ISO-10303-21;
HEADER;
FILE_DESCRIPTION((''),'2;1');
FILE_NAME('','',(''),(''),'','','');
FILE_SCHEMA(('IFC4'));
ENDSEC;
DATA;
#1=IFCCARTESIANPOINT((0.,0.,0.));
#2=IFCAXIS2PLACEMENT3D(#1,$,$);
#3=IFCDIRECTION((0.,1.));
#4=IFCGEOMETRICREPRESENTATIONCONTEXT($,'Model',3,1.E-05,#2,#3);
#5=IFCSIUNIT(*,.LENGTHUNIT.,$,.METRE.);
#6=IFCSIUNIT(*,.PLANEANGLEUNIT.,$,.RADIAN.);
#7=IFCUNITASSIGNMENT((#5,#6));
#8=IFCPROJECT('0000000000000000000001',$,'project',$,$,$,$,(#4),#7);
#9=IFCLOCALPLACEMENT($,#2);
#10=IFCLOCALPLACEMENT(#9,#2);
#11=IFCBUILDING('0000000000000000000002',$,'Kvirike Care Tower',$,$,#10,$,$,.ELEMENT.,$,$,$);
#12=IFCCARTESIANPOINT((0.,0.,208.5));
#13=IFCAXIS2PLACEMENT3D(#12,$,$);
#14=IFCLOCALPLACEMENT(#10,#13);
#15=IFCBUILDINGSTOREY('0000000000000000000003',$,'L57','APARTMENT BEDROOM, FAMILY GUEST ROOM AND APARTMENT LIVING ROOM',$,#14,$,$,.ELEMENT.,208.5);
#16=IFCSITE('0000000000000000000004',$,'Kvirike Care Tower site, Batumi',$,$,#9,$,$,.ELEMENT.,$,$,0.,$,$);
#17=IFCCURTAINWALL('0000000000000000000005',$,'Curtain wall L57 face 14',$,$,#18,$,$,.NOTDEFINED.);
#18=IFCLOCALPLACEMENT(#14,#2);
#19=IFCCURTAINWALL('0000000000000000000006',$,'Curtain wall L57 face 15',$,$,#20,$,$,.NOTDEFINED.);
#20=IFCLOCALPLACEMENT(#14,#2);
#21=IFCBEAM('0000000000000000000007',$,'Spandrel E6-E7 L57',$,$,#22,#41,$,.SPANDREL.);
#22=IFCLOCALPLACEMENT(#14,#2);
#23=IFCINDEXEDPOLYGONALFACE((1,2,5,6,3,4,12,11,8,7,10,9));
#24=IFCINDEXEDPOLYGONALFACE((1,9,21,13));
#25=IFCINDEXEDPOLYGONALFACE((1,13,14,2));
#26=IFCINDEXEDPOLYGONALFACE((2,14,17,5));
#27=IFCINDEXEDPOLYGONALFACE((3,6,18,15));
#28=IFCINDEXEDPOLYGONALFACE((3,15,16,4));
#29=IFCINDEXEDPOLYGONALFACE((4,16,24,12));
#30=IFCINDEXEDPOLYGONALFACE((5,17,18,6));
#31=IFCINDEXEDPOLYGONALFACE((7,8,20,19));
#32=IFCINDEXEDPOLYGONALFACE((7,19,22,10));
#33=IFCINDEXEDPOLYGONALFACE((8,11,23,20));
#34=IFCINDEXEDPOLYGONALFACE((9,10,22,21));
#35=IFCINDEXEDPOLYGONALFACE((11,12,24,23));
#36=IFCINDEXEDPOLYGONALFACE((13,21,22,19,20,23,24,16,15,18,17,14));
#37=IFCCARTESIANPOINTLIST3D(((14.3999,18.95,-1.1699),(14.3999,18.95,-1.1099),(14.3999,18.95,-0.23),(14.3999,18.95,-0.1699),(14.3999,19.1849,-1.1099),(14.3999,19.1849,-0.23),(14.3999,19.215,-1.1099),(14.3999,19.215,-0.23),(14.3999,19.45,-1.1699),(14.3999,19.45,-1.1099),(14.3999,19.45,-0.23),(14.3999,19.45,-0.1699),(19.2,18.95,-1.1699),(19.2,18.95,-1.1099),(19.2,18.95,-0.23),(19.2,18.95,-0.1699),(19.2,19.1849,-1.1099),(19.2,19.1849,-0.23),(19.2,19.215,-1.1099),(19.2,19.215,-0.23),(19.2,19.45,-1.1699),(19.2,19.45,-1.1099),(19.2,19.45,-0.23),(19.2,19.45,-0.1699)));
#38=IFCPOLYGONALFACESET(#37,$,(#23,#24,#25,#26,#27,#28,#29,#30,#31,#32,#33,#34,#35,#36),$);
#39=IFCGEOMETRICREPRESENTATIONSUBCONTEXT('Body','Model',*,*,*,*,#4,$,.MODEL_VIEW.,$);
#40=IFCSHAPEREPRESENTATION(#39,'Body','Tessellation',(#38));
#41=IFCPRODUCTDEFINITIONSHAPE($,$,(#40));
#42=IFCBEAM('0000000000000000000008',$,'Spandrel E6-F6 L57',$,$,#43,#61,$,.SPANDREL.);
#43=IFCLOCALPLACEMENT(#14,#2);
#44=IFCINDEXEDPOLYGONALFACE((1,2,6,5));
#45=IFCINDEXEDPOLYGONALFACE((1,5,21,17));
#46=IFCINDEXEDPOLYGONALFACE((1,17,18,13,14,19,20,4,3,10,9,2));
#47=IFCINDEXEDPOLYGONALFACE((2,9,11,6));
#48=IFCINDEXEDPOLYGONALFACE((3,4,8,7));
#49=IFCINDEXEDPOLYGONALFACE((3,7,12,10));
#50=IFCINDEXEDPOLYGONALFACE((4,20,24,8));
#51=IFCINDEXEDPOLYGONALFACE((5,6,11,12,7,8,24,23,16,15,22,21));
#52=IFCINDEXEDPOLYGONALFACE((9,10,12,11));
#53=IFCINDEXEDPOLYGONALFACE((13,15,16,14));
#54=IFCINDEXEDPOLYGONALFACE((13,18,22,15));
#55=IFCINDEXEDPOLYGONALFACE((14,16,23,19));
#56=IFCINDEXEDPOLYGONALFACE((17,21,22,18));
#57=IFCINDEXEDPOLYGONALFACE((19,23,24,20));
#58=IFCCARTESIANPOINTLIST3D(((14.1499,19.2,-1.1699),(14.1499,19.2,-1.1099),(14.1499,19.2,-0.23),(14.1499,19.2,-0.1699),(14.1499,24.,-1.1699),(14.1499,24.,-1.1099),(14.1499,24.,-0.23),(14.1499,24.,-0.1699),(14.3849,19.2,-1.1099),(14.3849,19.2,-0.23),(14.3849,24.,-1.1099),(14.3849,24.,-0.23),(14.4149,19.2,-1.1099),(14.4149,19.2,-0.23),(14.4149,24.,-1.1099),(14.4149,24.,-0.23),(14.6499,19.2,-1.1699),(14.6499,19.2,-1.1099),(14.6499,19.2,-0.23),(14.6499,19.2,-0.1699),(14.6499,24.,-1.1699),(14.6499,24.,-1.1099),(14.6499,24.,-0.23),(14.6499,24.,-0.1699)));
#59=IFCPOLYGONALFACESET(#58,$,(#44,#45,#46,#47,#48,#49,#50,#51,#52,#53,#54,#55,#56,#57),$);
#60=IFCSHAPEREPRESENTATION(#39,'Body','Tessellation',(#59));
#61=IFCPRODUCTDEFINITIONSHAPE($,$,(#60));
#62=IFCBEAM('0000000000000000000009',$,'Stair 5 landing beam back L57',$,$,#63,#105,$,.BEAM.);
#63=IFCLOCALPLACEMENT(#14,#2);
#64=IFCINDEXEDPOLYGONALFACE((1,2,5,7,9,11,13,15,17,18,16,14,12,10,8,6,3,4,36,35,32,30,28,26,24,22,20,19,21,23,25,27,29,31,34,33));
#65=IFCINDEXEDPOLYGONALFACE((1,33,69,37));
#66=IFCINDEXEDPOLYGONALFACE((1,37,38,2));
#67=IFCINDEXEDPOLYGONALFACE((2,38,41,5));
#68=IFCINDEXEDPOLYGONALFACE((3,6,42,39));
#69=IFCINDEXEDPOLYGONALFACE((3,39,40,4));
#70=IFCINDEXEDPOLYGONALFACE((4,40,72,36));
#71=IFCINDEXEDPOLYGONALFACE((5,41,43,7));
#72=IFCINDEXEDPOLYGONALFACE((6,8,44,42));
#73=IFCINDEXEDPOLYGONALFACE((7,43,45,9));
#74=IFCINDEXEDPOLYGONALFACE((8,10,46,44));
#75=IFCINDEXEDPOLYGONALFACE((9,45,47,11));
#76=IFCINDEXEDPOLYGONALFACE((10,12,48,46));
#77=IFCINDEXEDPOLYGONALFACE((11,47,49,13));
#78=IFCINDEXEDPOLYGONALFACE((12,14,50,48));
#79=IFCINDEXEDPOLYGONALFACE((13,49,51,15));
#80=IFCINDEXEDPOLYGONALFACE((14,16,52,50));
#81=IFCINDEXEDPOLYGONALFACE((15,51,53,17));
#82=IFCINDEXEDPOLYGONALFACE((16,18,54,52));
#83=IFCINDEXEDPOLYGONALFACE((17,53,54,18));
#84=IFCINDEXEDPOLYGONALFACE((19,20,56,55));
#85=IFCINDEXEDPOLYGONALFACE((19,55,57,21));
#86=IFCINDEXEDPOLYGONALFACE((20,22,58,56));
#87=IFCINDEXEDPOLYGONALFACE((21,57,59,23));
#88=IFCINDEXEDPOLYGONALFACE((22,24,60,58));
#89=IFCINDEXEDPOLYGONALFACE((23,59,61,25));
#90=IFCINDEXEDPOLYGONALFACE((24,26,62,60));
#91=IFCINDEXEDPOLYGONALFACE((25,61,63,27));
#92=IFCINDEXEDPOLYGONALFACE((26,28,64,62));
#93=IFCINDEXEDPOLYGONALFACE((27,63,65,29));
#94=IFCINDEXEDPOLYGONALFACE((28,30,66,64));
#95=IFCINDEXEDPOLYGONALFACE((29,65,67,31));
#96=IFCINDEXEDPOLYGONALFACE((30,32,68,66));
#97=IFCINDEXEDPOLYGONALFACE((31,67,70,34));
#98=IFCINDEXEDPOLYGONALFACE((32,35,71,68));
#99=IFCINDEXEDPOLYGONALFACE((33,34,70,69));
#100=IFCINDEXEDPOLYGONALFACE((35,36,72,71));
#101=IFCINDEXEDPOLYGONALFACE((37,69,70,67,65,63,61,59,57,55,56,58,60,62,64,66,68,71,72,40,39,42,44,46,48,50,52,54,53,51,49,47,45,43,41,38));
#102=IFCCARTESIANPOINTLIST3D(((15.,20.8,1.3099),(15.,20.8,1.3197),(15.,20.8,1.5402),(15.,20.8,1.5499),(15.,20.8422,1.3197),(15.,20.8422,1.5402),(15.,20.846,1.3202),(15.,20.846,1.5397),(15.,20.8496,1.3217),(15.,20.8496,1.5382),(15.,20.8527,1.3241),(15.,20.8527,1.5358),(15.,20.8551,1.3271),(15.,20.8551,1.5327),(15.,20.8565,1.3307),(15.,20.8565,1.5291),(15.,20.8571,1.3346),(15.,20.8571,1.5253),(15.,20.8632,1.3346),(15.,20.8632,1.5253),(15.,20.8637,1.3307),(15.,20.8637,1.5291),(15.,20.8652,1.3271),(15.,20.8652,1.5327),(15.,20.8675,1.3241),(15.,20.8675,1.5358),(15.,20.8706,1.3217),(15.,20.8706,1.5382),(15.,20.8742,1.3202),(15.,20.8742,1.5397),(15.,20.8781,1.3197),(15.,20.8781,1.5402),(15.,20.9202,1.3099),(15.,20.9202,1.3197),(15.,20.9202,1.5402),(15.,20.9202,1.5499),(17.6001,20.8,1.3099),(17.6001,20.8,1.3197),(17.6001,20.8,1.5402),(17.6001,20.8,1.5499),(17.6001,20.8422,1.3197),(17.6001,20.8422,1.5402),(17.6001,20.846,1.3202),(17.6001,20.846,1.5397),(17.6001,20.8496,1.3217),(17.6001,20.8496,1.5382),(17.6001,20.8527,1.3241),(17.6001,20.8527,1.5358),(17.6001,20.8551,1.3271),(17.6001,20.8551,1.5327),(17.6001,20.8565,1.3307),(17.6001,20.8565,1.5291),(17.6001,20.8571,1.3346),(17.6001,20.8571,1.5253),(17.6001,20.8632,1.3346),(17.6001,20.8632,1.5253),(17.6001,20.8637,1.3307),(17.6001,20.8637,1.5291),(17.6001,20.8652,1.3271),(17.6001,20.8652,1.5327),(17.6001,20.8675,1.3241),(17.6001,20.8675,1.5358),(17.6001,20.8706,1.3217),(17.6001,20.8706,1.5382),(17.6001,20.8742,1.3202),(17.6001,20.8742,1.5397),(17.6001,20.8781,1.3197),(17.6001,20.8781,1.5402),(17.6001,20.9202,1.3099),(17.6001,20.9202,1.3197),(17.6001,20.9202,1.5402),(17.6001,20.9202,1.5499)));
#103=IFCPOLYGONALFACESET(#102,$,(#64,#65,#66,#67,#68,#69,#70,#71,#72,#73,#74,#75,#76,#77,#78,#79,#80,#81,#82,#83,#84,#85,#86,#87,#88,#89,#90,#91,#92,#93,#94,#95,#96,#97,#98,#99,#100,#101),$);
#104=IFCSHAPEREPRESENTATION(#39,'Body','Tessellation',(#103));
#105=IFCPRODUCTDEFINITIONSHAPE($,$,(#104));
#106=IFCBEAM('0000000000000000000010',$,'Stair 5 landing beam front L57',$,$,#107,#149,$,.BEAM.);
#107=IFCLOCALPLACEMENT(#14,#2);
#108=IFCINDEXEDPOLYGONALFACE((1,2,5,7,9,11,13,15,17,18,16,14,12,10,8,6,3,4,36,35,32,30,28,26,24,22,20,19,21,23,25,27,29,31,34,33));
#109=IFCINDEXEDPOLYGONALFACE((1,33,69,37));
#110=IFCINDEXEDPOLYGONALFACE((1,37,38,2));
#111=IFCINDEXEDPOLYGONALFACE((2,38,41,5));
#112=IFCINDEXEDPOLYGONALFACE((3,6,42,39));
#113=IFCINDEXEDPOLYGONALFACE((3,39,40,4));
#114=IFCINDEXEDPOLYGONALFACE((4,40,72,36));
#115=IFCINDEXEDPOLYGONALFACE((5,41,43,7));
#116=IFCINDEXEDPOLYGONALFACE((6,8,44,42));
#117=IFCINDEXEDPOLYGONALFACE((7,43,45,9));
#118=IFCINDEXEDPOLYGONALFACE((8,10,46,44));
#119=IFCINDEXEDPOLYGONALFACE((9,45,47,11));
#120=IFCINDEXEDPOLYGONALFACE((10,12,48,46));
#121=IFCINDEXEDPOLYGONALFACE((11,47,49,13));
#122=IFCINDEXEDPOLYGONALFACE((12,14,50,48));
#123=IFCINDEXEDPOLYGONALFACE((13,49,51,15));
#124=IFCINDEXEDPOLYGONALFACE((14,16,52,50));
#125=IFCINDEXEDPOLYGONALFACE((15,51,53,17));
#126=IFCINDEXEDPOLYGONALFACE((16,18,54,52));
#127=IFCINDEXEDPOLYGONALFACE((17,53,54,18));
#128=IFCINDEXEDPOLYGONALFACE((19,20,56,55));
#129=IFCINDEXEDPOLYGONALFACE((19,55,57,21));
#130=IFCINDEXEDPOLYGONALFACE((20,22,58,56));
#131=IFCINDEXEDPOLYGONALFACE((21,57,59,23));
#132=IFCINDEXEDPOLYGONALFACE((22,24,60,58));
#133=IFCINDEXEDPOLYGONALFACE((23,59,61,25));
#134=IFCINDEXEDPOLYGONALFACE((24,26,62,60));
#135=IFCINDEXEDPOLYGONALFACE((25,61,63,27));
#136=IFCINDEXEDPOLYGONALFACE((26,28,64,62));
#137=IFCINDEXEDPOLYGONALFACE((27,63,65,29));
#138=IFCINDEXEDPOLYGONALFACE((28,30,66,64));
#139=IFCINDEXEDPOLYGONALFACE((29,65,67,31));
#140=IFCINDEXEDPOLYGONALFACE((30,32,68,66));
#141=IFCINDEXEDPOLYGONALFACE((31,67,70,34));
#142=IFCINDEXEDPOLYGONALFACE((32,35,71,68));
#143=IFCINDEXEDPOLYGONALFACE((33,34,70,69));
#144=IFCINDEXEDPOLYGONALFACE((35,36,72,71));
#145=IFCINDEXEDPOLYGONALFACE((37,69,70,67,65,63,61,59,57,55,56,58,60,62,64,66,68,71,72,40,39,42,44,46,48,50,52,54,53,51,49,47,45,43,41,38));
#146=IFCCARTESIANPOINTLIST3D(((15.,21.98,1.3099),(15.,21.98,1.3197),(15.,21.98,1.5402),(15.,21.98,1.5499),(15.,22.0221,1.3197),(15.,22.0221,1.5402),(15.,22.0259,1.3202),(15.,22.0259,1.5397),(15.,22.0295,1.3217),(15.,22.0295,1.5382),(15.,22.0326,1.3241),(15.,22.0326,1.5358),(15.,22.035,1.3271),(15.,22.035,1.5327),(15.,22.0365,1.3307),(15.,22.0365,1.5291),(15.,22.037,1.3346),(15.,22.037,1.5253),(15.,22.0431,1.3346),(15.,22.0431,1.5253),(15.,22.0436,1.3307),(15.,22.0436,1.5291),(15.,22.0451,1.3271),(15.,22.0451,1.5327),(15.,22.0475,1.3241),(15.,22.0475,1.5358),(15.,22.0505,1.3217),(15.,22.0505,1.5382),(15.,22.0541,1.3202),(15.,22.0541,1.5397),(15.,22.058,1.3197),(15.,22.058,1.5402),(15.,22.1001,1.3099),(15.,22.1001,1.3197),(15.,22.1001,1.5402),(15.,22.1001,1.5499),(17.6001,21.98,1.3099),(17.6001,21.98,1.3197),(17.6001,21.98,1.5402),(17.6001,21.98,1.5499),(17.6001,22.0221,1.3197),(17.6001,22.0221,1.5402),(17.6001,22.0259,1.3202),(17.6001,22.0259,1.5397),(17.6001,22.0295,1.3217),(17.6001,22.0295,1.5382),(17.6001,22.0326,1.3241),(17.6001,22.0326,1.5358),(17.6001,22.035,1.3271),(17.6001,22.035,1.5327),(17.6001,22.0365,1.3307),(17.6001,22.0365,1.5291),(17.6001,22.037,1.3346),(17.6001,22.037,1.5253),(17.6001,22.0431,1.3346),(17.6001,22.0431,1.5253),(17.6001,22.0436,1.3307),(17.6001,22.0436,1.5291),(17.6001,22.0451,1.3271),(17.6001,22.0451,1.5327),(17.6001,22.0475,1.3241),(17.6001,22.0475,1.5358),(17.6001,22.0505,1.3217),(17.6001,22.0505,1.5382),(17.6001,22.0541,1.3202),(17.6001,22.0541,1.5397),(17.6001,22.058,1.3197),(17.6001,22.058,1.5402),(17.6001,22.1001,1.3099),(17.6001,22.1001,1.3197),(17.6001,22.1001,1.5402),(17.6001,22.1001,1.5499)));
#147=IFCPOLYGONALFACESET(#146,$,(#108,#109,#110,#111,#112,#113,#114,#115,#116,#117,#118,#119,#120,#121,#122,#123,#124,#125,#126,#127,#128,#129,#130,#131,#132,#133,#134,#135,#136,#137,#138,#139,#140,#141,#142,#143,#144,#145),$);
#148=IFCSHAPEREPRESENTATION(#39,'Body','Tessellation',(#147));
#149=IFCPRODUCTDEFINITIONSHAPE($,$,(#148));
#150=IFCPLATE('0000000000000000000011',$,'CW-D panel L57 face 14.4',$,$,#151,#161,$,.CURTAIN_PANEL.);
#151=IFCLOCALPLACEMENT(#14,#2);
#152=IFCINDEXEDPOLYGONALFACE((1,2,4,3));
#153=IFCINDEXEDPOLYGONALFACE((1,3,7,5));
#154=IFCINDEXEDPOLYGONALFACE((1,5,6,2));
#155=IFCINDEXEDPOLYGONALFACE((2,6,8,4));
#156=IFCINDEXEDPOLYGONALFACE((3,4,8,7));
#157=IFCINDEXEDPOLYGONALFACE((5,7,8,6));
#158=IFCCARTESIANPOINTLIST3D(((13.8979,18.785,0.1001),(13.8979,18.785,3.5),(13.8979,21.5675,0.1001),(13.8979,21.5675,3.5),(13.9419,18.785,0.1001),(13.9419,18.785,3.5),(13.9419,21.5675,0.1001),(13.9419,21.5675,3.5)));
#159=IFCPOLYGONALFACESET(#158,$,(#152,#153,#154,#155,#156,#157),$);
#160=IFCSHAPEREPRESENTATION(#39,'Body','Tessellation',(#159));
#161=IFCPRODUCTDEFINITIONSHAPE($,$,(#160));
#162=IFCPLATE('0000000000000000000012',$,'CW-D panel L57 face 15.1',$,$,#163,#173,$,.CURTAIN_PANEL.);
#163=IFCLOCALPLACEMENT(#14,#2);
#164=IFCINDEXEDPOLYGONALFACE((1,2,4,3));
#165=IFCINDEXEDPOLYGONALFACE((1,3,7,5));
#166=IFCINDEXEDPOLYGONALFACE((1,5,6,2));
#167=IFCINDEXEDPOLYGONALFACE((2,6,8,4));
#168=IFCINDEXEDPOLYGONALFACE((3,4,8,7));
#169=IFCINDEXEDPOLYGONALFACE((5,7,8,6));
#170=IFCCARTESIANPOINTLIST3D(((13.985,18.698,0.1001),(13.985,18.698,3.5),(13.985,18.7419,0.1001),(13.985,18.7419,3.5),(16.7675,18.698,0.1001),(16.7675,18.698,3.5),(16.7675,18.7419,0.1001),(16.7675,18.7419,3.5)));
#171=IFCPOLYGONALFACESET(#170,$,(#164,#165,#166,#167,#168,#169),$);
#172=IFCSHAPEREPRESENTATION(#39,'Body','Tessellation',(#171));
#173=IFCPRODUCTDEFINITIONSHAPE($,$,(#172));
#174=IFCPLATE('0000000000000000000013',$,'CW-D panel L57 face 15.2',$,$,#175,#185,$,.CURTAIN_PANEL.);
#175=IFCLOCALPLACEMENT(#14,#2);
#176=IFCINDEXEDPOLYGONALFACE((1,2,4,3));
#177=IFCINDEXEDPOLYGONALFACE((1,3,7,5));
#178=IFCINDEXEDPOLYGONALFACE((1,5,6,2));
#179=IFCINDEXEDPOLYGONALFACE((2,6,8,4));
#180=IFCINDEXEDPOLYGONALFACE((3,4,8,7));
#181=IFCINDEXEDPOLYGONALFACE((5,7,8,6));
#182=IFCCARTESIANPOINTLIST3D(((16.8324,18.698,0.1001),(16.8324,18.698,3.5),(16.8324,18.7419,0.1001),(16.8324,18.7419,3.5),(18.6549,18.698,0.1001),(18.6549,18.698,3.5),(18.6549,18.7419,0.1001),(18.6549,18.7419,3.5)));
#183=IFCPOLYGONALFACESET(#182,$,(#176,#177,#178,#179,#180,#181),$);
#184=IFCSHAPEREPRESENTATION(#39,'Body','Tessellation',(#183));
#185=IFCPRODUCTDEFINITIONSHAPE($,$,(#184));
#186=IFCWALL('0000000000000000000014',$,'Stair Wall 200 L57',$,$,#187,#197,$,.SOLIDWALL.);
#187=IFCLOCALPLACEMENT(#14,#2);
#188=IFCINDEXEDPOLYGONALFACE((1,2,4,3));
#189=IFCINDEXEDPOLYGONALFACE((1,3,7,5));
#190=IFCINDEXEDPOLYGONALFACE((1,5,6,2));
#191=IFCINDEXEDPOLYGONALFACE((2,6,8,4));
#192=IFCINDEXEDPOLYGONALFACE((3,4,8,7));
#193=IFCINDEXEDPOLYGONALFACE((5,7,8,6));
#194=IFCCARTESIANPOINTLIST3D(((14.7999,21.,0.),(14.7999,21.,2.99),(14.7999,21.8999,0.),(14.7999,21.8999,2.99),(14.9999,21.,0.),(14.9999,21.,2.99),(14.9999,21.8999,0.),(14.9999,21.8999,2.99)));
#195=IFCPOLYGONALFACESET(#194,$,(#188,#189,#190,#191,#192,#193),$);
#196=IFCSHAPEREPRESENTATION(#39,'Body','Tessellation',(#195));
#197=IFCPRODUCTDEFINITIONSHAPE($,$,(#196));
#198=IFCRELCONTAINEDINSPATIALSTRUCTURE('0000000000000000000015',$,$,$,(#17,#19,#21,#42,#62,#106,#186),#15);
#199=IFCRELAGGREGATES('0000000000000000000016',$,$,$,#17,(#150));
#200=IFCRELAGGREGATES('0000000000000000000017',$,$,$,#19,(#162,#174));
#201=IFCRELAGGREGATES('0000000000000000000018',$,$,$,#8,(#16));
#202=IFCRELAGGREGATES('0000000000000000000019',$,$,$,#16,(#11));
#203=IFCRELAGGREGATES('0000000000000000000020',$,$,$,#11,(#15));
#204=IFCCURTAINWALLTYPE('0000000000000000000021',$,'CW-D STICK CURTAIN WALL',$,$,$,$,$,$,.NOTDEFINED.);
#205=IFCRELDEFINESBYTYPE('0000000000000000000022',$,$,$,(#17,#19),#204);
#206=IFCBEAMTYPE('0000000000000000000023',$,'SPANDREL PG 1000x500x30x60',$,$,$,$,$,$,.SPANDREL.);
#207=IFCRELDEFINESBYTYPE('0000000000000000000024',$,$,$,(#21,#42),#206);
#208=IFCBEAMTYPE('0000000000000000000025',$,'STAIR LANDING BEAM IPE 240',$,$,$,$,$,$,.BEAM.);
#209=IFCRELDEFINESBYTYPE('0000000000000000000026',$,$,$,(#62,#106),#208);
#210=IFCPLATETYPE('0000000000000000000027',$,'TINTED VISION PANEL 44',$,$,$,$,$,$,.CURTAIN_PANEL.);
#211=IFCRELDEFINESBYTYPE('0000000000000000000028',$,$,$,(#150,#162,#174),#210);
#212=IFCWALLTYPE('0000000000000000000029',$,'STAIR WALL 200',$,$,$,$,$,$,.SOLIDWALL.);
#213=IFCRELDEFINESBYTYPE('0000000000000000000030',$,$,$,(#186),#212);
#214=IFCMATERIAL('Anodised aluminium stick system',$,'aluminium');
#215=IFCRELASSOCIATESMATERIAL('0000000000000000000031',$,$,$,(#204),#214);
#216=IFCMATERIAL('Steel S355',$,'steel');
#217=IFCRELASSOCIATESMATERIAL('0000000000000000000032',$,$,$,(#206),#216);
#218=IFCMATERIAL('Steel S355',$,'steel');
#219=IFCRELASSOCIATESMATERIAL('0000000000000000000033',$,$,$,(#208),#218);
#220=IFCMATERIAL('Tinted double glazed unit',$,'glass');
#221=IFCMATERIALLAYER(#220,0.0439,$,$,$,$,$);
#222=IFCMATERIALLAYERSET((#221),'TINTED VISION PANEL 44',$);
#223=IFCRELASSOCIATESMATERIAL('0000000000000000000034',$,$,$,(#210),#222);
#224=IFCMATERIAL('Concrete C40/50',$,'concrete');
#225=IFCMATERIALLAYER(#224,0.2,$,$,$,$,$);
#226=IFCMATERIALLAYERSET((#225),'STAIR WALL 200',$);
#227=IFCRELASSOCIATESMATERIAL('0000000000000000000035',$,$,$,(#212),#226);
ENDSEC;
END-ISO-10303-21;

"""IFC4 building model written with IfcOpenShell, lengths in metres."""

from ifc_helpers import new_model, si_unit, direction, frame, frame_2d, origin, origin_2d, place, context, subcontext, project, spatial, rectangle, i_section, extrude, material, layer, layer_set, material_profile, profile_set, type_object, element, aggregate, save


model = new_model("IFC4")

# Units and contexts
model_context = context("Model", 3, precision=1e-05, world=origin(), true_north=direction((0.0, 1.0)))
body_context = subcontext(model_context, "Body", "Model", "MODEL_VIEW")
ifc_project = project(units=[si_unit("LENGTHUNIT", "METRE"), si_unit("PLANEANGLEUNIT", "RADIAN")], contexts=[model_context])

# Site, building, storey
site_placement = place(None, origin())
site = spatial("IfcSite", under=ifc_project, at=site_placement, Name="Kvirike Care Tower site, Batumi", CompositionType="ELEMENT", RefElevation=0.0)
building_placement = place(site_placement, origin())
building = spatial("IfcBuilding", under=site, at=building_placement, Name="Kvirike Care Tower", CompositionType="ELEMENT")
storey_placement = place(building_placement, frame((0.0, 0.0, 208.5)))
storey = spatial("IfcBuildingStorey", under=building, at=storey_placement, Name="L57", Description="APARTMENT BEDROOM, FAMILY GUEST ROOM AND APARTMENT LIVING ROOM", CompositionType="ELEMENT", Elevation=208.5)

# Curtain walls
ifc_material_1 = material(Name="Anodised aluminium stick system", Category="aluminium")
curtain_wall_type = type_object("IfcCurtainWallType", Name="CW-D STICK CURTAIN WALL", PredefinedType="NOTDEFINED", material=ifc_material_1)
curtain_wall_1_placement = place(storey_placement, origin())
curtain_wall_1 = element("IfcCurtainWall", 1, at=curtain_wall_1_placement, inside=storey, type_object=curtain_wall_type, Name="Curtain wall L57 face 14", PredefinedType="NOTDEFINED")
curtain_wall_2_placement = place(storey_placement, origin())
curtain_wall_2 = element("IfcCurtainWall", 2, at=curtain_wall_2_placement, inside=storey, type_object=curtain_wall_type, Name="Curtain wall L57 face 15", PredefinedType="NOTDEFINED")

# Beams
ifc_material_2 = material(Name="Steel S355", Category="steel")
ifc_material_profile_1 = material_profile(ifc_material_2, i_section(OverallWidth=0.5, OverallDepth=1.0, WebThickness=0.03, FlangeThickness=0.0601, at=origin_2d()), Name="PG 1000x500x30x60")
ifc_profile_set_1 = profile_set([ifc_material_profile_1], Name="Steel S355")
beam_type_1 = type_object("IfcBeamType", Name="SPANDREL PG 1000x500x30x60", PredefinedType="SPANDREL", material=ifc_profile_set_1)
for number, where, z_axis, x_axis, name in (
    (3, (14.3999, 19.2, -0.6699), (1.0, 0.0, 0.0), (0.0, 1.0, 0.0), "Spandrel E6-E7 L57"),
    (4, (14.3999, 19.2, -0.6699), (0.0, 1.0, 0.0), (-1.0, 0.0, 0.0), "Spandrel E6-F6 L57"),
):
    element("IfcBeam", number, at=place(storey_placement, frame(where, z_axis=z_axis, x_axis=x_axis)), inside=storey, type_object=beam_type_1, Name=name, PredefinedType="SPANDREL", context=body_context, shape_type="SweptSolid", body=[
        extrude(i_section(OverallWidth=0.5, OverallDepth=1.0, WebThickness=0.03, FlangeThickness=0.0601, at=origin_2d()), origin(), (0.0, 0.0, 1.0), 4.8),
    ])
ifc_material_3 = material(Name="Steel S355", Category="steel")
ifc_material_profile_2 = material_profile(ifc_material_3, i_section(OverallWidth=0.1201, OverallDepth=0.24, WebThickness=0.0061, FlangeThickness=0.0098, FilletRadius=0.0149, at=origin_2d()), Name="IPE 240")
ifc_profile_set_2 = profile_set([ifc_material_profile_2], Name="Steel S355")
beam_type_2 = type_object("IfcBeamType", Name="STAIR LANDING BEAM IPE 240", PredefinedType="BEAM", material=ifc_profile_set_2)
for number, where, z_axis, x_axis, name in (
    (5, (15.0, 20.8601, 1.4299), (1.0, 0.0, 0.0), (0.0, 1.0, 0.0), "Stair 5 landing beam back L57"),
    (6, (15.0, 22.04, 1.4299), (1.0, 0.0, 0.0), (0.0, 1.0, 0.0), "Stair 5 landing beam front L57"),
):
    element("IfcBeam", number, at=place(storey_placement, frame(where, z_axis=z_axis, x_axis=x_axis)), inside=storey, type_object=beam_type_2, Name=name, PredefinedType="BEAM", context=body_context, shape_type="SweptSolid", body=[
        extrude(i_section(OverallWidth=0.1201, OverallDepth=0.24, WebThickness=0.0061, FlangeThickness=0.0098, FilletRadius=0.0149, at=origin_2d()), origin(), (0.0, 0.0, 1.0), 2.6001),
    ])

# Plates
ifc_material_4 = material(Name="Tinted double glazed unit", Category="glass")
ifc_layer_1 = layer(ifc_material_4, 0.0439)
ifc_layer_set_1 = layer_set([ifc_layer_1], Name="TINTED VISION PANEL 44")
plate_type = type_object("IfcPlateType", Name="TINTED VISION PANEL 44", PredefinedType="CURTAIN_PANEL", material=ifc_layer_set_1)
plate_1_placement = place(storey_placement, frame((13.9199, 20.1763, 0.1001), z_axis=(0.0, 0.0, 1.0), x_axis=(0.0, -1.0, 0.0)))
plate_1 = element("IfcPlate", 7, at=plate_1_placement, type_object=plate_type, Name="CW-D panel L57 face 14.4", PredefinedType="CURTAIN_PANEL", context=body_context, shape_type="SweptSolid", body=[
    extrude(rectangle(XDim=2.7825, YDim=0.0439, at=origin_2d()), origin(), (0.0, 0.0, 1.0), 3.3999),
])
aggregate(curtain_wall_1, [plate_1])
plate_2_placement = place(storey_placement, frame((15.3762, 18.72, 0.1001), z_axis=(0.0, 0.0, 1.0), x_axis=(1.0, 0.0, 0.0)))
plate_2 = element("IfcPlate", 8, at=plate_2_placement, type_object=plate_type, Name="CW-D panel L57 face 15.1", PredefinedType="CURTAIN_PANEL", context=body_context, shape_type="SweptSolid", body=[
    extrude(rectangle(XDim=2.7825, YDim=0.0439, at=origin_2d()), origin(), (0.0, 0.0, 1.0), 3.3999),
])
plate_3_placement = place(storey_placement, frame((17.7437, 18.72, 0.1001), z_axis=(0.0, 0.0, 1.0), x_axis=(1.0, 0.0, 0.0)))
plate_3 = element("IfcPlate", 9, at=plate_3_placement, type_object=plate_type, Name="CW-D panel L57 face 15.2", PredefinedType="CURTAIN_PANEL", context=body_context, shape_type="SweptSolid", body=[
    extrude(rectangle(XDim=1.8225, YDim=0.0439, at=origin_2d()), origin(), (0.0, 0.0, 1.0), 3.3999),
])
aggregate(curtain_wall_2, [plate_2, plate_3])

# Wall
ifc_material_5 = material(Name="Concrete C40/50", Category="concrete")
ifc_layer_2 = layer(ifc_material_5, 0.2)
ifc_layer_set_2 = layer_set([ifc_layer_2], Name="STAIR WALL 200")
wall_type = type_object("IfcWallType", Name="STAIR WALL 200", PredefinedType="SOLIDWALL", material=ifc_layer_set_2)
wall_1_placement = place(storey_placement, frame((14.8999, 21.0, 0.0), z_axis=(0.0, 0.0, 1.0), x_axis=(0.0, 1.0, 0.0)))
element("IfcWall", 10, at=wall_1_placement, inside=storey, type_object=wall_type, Name="Stair Wall 200 L57", PredefinedType="SOLIDWALL", context=body_context, shape_type="SweptSolid", body=[
    extrude(rectangle(XDim=0.8999, YDim=0.2, at=frame_2d((0.45, 0.0))), origin(), (0.0, 0.0, 1.0), 2.99),
])

save(model, "model.ifc")
